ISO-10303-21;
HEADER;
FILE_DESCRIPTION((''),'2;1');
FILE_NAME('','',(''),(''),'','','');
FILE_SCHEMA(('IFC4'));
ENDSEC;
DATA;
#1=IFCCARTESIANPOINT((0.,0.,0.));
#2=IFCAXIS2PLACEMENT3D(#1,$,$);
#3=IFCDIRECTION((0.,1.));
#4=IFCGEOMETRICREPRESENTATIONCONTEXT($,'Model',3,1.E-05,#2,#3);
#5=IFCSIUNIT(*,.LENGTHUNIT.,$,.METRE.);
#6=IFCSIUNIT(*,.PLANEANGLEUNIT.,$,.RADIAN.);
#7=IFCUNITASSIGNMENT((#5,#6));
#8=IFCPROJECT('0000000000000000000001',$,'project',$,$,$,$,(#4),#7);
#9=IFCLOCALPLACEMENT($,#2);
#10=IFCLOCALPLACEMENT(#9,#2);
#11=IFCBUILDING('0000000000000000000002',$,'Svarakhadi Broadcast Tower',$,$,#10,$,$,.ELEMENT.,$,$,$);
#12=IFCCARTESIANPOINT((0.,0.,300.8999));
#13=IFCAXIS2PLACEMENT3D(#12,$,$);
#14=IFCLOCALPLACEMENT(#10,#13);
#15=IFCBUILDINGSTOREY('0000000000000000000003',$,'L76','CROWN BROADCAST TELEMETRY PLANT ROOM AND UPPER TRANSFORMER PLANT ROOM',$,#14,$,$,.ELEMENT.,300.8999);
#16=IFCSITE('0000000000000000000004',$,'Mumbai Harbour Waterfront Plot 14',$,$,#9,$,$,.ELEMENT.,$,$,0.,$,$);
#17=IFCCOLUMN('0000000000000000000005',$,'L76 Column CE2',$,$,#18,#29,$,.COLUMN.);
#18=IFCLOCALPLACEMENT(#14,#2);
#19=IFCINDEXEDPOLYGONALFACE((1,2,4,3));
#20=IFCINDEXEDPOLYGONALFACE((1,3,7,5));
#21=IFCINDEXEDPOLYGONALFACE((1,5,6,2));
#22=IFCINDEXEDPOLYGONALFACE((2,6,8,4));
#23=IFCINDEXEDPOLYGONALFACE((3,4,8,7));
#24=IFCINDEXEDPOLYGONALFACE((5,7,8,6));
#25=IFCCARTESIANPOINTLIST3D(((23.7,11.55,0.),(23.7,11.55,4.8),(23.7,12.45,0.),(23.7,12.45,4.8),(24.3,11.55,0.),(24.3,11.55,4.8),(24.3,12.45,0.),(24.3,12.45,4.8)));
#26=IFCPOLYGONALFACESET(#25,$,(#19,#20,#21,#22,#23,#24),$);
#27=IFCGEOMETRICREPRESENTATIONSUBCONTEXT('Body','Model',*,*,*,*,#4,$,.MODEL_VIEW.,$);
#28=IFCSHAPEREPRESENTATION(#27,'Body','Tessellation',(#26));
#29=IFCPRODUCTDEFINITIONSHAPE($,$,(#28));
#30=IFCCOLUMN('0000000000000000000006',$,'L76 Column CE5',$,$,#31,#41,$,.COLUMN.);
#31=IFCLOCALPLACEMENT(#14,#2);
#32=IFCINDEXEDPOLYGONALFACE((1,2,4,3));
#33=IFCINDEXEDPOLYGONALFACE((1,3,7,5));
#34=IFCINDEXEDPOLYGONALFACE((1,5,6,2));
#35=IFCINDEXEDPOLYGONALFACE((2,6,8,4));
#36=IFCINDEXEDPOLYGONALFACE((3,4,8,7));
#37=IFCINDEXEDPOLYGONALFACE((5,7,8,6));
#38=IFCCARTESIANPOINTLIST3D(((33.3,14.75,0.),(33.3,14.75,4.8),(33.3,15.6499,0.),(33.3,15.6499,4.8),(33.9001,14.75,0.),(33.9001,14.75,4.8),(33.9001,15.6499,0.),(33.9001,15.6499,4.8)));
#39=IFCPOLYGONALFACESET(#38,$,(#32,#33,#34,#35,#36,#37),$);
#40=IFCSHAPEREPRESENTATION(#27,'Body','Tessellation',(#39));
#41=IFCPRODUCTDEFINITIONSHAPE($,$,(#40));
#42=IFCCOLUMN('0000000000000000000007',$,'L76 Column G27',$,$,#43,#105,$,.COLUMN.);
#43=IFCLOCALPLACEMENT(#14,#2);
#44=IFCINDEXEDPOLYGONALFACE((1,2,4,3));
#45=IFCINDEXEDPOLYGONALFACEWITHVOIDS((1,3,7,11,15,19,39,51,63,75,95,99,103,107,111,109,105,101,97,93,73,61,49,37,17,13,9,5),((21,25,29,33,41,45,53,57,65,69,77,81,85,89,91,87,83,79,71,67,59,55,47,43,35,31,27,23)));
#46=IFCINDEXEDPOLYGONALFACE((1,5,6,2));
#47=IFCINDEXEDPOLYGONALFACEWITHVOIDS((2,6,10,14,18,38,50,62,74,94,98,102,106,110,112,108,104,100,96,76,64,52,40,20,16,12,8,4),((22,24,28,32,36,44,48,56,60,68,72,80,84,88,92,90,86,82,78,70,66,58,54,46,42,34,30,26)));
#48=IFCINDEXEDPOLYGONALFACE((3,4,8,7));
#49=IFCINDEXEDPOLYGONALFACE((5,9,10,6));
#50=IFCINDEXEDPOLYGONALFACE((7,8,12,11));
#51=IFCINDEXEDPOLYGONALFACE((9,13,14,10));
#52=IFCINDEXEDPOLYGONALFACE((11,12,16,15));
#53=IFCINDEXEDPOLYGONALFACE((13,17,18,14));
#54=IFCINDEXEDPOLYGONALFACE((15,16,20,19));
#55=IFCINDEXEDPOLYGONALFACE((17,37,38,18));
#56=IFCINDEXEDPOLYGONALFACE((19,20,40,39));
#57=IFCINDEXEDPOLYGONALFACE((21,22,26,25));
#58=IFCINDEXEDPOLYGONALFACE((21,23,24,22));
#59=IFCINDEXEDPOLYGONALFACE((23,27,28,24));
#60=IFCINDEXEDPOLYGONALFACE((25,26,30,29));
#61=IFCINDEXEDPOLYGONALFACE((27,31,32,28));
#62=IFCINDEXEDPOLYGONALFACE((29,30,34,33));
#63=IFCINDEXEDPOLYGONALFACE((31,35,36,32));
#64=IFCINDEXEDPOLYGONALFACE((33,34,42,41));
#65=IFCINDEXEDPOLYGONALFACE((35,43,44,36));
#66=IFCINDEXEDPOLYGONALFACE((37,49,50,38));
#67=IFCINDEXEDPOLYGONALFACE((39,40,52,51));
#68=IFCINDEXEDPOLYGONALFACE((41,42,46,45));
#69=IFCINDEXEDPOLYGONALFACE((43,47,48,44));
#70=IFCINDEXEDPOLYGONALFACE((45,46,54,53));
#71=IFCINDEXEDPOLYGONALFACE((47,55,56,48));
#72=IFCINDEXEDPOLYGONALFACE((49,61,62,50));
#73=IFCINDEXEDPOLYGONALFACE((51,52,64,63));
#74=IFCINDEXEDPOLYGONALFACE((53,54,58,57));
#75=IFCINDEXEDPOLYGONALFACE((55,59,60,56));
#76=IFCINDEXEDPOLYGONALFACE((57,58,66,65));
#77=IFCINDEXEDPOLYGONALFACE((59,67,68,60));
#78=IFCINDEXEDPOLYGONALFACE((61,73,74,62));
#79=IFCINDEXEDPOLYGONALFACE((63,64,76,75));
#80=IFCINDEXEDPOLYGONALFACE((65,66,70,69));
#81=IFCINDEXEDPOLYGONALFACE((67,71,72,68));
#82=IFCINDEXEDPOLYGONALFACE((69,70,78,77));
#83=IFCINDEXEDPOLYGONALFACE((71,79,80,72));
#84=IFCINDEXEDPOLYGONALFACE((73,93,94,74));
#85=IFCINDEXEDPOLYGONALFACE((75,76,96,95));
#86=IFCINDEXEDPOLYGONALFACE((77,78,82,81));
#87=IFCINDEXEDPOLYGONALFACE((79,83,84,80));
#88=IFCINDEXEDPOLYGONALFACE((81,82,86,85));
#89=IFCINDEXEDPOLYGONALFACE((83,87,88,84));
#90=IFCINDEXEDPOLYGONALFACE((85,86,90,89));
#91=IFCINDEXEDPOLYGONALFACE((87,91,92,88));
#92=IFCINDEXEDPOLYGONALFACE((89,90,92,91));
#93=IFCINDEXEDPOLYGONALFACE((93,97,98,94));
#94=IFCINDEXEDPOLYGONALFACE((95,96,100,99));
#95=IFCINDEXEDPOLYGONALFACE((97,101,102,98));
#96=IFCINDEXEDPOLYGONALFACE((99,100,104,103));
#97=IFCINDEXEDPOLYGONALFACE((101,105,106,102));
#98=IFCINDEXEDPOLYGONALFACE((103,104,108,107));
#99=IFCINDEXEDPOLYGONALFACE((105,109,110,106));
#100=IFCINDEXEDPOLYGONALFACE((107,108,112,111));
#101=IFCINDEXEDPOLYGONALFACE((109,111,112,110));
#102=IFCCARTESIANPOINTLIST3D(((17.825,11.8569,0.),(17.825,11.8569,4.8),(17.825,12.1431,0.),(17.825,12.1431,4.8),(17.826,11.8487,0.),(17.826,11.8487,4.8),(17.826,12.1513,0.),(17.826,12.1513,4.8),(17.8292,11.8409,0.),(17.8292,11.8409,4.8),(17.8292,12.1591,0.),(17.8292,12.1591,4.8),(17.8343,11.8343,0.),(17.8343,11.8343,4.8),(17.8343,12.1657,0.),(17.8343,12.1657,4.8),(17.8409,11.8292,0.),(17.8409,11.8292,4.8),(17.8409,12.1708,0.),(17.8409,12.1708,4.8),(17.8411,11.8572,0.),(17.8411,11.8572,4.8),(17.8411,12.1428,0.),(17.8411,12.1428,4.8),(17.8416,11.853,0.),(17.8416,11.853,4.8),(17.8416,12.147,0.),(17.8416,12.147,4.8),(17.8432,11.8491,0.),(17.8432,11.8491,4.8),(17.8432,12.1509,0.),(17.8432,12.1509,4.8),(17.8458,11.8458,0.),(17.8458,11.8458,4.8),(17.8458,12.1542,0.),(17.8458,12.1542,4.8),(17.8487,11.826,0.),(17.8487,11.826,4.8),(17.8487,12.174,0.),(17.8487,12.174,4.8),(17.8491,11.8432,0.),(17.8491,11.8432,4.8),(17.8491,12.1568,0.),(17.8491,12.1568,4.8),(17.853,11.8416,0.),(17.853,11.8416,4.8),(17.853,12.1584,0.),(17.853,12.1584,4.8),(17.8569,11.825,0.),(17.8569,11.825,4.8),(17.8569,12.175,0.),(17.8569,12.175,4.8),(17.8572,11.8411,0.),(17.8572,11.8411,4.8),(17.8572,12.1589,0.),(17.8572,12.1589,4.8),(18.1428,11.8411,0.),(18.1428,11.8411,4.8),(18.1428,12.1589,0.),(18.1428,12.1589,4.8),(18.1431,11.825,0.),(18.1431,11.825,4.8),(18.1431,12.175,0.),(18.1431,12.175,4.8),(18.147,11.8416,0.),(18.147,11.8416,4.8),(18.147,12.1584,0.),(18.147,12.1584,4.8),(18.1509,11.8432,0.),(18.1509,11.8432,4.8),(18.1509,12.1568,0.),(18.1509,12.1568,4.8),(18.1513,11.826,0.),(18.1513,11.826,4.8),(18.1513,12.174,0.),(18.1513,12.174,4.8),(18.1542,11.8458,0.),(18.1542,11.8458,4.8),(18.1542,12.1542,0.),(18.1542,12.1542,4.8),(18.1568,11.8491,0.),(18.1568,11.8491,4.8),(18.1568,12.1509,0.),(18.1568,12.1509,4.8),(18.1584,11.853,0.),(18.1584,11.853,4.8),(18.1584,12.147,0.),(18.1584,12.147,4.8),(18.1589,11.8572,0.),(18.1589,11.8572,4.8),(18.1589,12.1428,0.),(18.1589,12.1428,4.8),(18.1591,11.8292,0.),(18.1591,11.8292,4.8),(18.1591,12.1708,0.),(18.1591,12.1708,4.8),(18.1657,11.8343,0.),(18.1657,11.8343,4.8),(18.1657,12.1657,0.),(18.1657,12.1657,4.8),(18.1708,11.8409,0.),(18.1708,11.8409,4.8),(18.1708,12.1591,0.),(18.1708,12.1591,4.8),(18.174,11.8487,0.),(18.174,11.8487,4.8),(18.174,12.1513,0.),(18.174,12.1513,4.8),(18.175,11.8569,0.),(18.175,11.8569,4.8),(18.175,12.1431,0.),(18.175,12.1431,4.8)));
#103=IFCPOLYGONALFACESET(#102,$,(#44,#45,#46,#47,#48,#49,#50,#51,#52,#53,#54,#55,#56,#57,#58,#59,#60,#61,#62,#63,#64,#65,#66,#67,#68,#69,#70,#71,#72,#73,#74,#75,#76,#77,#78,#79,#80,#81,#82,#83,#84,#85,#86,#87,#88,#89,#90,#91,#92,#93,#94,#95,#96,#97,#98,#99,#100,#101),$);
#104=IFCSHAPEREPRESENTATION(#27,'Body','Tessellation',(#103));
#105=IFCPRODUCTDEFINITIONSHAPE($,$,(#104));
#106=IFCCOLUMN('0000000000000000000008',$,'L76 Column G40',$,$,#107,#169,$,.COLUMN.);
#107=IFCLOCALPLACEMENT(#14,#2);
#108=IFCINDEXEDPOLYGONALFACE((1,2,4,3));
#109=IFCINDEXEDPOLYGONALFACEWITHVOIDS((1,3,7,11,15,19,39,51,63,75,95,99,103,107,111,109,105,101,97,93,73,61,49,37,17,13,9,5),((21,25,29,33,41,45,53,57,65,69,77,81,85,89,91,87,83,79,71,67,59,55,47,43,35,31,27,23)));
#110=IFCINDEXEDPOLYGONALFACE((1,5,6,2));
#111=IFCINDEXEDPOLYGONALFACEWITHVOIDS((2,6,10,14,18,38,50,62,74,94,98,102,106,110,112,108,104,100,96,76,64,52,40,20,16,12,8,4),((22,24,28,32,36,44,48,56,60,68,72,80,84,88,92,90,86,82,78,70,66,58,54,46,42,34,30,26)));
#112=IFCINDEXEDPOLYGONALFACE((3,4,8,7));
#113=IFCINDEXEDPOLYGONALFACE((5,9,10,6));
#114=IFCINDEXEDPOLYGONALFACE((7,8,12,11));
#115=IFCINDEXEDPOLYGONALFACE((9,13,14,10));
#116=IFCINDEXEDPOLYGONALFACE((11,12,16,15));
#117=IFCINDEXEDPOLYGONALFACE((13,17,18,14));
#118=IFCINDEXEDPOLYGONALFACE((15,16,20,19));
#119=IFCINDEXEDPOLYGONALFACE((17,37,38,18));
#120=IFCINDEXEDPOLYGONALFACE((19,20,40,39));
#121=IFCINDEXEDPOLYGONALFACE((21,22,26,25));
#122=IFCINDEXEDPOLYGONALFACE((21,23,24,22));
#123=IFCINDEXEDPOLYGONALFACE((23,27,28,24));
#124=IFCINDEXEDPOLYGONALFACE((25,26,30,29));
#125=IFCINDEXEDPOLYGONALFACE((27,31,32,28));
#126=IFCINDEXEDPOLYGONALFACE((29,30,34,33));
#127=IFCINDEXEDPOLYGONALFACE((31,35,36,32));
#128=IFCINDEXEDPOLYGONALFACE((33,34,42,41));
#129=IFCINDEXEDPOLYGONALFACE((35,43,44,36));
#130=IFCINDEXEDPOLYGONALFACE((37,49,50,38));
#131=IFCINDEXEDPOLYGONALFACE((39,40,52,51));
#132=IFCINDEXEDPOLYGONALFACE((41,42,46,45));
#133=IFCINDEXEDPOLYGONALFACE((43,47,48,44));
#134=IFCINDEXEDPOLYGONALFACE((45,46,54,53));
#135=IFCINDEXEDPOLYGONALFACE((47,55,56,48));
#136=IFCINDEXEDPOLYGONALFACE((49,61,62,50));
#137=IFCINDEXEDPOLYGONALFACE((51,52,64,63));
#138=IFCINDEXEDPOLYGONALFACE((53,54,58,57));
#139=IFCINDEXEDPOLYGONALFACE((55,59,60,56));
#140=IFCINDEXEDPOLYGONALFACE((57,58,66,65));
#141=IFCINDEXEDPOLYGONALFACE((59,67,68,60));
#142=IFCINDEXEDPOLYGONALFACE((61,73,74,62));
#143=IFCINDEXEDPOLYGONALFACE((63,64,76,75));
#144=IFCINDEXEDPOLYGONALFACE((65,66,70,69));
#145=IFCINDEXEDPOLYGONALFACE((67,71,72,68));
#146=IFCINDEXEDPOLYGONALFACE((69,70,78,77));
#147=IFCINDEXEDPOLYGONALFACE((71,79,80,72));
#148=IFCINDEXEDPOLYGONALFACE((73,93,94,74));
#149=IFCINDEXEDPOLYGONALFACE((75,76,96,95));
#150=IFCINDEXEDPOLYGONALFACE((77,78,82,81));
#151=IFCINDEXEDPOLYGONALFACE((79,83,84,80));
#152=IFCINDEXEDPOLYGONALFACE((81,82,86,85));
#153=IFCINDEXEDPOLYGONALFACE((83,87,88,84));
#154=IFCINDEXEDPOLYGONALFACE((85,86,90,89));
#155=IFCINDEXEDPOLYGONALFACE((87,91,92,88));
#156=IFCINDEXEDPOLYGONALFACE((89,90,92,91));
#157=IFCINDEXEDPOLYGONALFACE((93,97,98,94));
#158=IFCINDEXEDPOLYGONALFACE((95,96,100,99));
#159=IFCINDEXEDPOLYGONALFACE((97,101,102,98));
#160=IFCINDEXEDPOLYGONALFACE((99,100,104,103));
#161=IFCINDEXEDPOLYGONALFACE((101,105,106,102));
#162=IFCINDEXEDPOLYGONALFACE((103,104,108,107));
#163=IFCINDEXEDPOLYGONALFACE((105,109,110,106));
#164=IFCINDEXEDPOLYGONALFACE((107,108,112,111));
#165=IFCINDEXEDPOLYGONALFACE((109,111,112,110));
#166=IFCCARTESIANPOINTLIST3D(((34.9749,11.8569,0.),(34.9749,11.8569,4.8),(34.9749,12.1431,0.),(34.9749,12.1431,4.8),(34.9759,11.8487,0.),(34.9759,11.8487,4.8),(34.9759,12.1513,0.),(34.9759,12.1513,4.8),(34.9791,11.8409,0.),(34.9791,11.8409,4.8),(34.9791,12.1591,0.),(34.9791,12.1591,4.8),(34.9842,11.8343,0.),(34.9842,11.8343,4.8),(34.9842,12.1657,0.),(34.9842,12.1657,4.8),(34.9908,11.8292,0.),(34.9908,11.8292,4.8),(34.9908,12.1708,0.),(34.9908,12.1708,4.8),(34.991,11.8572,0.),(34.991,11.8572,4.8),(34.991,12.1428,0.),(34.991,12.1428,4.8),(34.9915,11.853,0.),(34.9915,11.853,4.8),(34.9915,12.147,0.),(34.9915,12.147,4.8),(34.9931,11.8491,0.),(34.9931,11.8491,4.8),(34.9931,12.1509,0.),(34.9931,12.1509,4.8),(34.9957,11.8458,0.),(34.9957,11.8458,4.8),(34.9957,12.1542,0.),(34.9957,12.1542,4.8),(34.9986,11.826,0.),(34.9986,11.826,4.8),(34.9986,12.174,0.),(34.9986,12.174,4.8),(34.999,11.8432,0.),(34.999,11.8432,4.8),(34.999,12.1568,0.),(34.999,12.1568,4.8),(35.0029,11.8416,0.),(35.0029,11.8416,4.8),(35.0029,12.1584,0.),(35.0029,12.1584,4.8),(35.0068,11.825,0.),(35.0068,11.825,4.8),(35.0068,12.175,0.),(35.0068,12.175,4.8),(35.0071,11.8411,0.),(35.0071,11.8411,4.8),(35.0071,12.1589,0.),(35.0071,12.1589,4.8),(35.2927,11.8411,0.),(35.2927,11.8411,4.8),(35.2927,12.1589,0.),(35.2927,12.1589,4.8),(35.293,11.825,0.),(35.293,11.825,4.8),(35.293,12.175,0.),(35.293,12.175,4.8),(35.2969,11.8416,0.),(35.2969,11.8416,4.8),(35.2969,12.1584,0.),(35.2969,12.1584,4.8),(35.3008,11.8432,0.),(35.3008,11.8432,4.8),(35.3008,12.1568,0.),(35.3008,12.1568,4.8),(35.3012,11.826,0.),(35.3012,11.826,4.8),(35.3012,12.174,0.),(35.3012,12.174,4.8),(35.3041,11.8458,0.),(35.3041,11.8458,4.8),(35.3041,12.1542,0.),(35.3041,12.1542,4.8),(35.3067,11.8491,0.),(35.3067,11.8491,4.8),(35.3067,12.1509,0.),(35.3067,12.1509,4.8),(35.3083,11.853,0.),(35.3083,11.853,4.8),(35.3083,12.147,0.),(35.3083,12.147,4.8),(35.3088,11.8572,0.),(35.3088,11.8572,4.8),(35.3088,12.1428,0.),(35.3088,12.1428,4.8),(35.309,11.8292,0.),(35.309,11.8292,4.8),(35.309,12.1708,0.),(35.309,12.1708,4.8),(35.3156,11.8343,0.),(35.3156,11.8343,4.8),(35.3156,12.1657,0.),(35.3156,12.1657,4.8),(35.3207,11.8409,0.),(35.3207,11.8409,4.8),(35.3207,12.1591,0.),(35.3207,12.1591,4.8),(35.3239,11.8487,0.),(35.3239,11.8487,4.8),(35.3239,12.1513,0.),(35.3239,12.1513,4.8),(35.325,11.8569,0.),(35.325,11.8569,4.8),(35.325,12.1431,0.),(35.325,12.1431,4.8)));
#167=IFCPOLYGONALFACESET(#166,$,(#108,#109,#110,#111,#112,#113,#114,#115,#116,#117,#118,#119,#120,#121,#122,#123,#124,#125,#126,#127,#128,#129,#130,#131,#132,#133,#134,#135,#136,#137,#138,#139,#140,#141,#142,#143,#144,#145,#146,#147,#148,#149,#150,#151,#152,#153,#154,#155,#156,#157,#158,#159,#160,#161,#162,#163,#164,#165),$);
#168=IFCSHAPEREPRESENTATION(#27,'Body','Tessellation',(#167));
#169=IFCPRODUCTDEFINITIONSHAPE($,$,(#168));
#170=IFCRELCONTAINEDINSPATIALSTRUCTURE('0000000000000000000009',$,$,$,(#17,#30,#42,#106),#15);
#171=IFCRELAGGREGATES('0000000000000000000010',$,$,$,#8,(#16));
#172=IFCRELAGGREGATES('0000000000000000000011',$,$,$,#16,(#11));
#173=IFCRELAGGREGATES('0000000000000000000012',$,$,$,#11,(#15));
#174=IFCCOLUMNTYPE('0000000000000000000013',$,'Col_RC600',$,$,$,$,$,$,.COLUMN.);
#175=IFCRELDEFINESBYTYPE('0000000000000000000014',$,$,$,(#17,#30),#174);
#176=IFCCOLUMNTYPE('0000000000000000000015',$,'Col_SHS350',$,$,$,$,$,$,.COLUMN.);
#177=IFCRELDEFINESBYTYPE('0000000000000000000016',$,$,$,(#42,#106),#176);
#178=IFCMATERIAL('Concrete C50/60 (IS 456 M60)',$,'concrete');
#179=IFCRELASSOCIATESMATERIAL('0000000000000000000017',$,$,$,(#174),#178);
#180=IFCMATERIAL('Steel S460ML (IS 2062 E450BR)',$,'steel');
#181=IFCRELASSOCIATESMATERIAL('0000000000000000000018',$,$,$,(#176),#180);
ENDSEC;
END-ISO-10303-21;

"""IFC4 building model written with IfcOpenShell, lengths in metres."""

from ifc_helpers import new_model, si_unit, direction, frame, origin, origin_2d, place, context, subcontext, project, spatial, rectangle, hollow_rectangle, extrude, material, material_profile, profile_set, type_object, element, save


model = new_model("IFC4")

# Units and contexts
model_context = context("Model", 3, precision=1e-05, world=origin(), true_north=direction((0.0, 1.0)))
body_context = subcontext(model_context, "Body", "Model", "MODEL_VIEW")
ifc_project = project(units=[si_unit("LENGTHUNIT", "METRE"), si_unit("PLANEANGLEUNIT", "RADIAN")], contexts=[model_context])

# Site, building, storey
site_placement = place(None, origin())
site = spatial("IfcSite", under=ifc_project, at=site_placement, Name="Mumbai Harbour Waterfront Plot 14", CompositionType="ELEMENT", RefElevation=0.0)
building_placement = place(site_placement, origin())
building = spatial("IfcBuilding", under=site, at=building_placement, Name="Svarakhadi Broadcast Tower", CompositionType="ELEMENT")
storey_placement = place(building_placement, frame((0.0, 0.0, 300.8999)))
storey = spatial("IfcBuildingStorey", under=building, at=storey_placement, Name="L76", Description="CROWN BROADCAST TELEMETRY PLANT ROOM AND UPPER TRANSFORMER PLANT ROOM", CompositionType="ELEMENT", Elevation=300.8999)

# Columns
ifc_material_1 = material(Name="Concrete C50/60 (IS 456 M60)", Category="concrete")
ifc_material_profile_1 = material_profile(ifc_material_1, rectangle(XDim=0.6001, YDim=0.8999, at=origin_2d()), Name="RC 600x900")
ifc_profile_set_1 = profile_set([ifc_material_profile_1], Name="Concrete C50/60 (IS 456 M60)")
column_type_1 = type_object("IfcColumnType", Name="Col_RC600", PredefinedType="COLUMN", material=ifc_profile_set_1)
for number, where, z_axis, x_axis, name in (
    (1, (24.0, 12.0, 0.0), (0.0, 0.0, 1.0), (1.0, 0.0, 0.0), "L76 Column CE2"),
    (2, (33.6001, 15.2, 0.0), (0.0, 0.0, 1.0), (1.0, 0.0, 0.0), "L76 Column CE5"),
):
    element("IfcColumn", number, at=place(storey_placement, frame(where, z_axis=z_axis, x_axis=x_axis)), inside=storey, type_object=column_type_1, Name=name, PredefinedType="COLUMN", context=body_context, shape_type="SweptSolid", body=[
        extrude(rectangle(XDim=0.6001, YDim=0.8999, at=origin_2d()), origin(), (0.0, 0.0, 1.0), 4.8),
    ])
ifc_material_2 = material(Name="Steel S460ML (IS 2062 E450BR)", Category="steel")
ifc_material_profile_2 = material_profile(ifc_material_2, hollow_rectangle(XDim=0.3501, YDim=0.3501, WallThickness=0.0161, InnerFilletRadius=0.0161, OuterFilletRadius=0.032, at=origin_2d()), Name="SHS 350x350x16")
ifc_profile_set_2 = profile_set([ifc_material_profile_2], Name="Steel S460ML (IS 2062 E450BR)")
column_type_2 = type_object("IfcColumnType", Name="Col_SHS350", PredefinedType="COLUMN", material=ifc_profile_set_2)
for number, where, z_axis, x_axis, name in (
    (3, (18.0, 12.0, 0.0), (0.0, 0.0, 1.0), (1.0, 0.0, 0.0), "L76 Column G27"),
    (4, (35.1499, 12.0, 0.0), (0.0, 0.0, 1.0), (1.0, 0.0, 0.0), "L76 Column G40"),
):
    element("IfcColumn", number, at=place(storey_placement, frame(where, z_axis=z_axis, x_axis=x_axis)), inside=storey, type_object=column_type_2, Name=name, PredefinedType="COLUMN", context=body_context, shape_type="SweptSolid", body=[
        extrude(hollow_rectangle(XDim=0.3501, YDim=0.3501, WallThickness=0.0161, InnerFilletRadius=0.0161, OuterFilletRadius=0.032, at=origin_2d()), origin(), (0.0, 0.0, 1.0), 4.8),
    ])

save(model, "model.ifc")
